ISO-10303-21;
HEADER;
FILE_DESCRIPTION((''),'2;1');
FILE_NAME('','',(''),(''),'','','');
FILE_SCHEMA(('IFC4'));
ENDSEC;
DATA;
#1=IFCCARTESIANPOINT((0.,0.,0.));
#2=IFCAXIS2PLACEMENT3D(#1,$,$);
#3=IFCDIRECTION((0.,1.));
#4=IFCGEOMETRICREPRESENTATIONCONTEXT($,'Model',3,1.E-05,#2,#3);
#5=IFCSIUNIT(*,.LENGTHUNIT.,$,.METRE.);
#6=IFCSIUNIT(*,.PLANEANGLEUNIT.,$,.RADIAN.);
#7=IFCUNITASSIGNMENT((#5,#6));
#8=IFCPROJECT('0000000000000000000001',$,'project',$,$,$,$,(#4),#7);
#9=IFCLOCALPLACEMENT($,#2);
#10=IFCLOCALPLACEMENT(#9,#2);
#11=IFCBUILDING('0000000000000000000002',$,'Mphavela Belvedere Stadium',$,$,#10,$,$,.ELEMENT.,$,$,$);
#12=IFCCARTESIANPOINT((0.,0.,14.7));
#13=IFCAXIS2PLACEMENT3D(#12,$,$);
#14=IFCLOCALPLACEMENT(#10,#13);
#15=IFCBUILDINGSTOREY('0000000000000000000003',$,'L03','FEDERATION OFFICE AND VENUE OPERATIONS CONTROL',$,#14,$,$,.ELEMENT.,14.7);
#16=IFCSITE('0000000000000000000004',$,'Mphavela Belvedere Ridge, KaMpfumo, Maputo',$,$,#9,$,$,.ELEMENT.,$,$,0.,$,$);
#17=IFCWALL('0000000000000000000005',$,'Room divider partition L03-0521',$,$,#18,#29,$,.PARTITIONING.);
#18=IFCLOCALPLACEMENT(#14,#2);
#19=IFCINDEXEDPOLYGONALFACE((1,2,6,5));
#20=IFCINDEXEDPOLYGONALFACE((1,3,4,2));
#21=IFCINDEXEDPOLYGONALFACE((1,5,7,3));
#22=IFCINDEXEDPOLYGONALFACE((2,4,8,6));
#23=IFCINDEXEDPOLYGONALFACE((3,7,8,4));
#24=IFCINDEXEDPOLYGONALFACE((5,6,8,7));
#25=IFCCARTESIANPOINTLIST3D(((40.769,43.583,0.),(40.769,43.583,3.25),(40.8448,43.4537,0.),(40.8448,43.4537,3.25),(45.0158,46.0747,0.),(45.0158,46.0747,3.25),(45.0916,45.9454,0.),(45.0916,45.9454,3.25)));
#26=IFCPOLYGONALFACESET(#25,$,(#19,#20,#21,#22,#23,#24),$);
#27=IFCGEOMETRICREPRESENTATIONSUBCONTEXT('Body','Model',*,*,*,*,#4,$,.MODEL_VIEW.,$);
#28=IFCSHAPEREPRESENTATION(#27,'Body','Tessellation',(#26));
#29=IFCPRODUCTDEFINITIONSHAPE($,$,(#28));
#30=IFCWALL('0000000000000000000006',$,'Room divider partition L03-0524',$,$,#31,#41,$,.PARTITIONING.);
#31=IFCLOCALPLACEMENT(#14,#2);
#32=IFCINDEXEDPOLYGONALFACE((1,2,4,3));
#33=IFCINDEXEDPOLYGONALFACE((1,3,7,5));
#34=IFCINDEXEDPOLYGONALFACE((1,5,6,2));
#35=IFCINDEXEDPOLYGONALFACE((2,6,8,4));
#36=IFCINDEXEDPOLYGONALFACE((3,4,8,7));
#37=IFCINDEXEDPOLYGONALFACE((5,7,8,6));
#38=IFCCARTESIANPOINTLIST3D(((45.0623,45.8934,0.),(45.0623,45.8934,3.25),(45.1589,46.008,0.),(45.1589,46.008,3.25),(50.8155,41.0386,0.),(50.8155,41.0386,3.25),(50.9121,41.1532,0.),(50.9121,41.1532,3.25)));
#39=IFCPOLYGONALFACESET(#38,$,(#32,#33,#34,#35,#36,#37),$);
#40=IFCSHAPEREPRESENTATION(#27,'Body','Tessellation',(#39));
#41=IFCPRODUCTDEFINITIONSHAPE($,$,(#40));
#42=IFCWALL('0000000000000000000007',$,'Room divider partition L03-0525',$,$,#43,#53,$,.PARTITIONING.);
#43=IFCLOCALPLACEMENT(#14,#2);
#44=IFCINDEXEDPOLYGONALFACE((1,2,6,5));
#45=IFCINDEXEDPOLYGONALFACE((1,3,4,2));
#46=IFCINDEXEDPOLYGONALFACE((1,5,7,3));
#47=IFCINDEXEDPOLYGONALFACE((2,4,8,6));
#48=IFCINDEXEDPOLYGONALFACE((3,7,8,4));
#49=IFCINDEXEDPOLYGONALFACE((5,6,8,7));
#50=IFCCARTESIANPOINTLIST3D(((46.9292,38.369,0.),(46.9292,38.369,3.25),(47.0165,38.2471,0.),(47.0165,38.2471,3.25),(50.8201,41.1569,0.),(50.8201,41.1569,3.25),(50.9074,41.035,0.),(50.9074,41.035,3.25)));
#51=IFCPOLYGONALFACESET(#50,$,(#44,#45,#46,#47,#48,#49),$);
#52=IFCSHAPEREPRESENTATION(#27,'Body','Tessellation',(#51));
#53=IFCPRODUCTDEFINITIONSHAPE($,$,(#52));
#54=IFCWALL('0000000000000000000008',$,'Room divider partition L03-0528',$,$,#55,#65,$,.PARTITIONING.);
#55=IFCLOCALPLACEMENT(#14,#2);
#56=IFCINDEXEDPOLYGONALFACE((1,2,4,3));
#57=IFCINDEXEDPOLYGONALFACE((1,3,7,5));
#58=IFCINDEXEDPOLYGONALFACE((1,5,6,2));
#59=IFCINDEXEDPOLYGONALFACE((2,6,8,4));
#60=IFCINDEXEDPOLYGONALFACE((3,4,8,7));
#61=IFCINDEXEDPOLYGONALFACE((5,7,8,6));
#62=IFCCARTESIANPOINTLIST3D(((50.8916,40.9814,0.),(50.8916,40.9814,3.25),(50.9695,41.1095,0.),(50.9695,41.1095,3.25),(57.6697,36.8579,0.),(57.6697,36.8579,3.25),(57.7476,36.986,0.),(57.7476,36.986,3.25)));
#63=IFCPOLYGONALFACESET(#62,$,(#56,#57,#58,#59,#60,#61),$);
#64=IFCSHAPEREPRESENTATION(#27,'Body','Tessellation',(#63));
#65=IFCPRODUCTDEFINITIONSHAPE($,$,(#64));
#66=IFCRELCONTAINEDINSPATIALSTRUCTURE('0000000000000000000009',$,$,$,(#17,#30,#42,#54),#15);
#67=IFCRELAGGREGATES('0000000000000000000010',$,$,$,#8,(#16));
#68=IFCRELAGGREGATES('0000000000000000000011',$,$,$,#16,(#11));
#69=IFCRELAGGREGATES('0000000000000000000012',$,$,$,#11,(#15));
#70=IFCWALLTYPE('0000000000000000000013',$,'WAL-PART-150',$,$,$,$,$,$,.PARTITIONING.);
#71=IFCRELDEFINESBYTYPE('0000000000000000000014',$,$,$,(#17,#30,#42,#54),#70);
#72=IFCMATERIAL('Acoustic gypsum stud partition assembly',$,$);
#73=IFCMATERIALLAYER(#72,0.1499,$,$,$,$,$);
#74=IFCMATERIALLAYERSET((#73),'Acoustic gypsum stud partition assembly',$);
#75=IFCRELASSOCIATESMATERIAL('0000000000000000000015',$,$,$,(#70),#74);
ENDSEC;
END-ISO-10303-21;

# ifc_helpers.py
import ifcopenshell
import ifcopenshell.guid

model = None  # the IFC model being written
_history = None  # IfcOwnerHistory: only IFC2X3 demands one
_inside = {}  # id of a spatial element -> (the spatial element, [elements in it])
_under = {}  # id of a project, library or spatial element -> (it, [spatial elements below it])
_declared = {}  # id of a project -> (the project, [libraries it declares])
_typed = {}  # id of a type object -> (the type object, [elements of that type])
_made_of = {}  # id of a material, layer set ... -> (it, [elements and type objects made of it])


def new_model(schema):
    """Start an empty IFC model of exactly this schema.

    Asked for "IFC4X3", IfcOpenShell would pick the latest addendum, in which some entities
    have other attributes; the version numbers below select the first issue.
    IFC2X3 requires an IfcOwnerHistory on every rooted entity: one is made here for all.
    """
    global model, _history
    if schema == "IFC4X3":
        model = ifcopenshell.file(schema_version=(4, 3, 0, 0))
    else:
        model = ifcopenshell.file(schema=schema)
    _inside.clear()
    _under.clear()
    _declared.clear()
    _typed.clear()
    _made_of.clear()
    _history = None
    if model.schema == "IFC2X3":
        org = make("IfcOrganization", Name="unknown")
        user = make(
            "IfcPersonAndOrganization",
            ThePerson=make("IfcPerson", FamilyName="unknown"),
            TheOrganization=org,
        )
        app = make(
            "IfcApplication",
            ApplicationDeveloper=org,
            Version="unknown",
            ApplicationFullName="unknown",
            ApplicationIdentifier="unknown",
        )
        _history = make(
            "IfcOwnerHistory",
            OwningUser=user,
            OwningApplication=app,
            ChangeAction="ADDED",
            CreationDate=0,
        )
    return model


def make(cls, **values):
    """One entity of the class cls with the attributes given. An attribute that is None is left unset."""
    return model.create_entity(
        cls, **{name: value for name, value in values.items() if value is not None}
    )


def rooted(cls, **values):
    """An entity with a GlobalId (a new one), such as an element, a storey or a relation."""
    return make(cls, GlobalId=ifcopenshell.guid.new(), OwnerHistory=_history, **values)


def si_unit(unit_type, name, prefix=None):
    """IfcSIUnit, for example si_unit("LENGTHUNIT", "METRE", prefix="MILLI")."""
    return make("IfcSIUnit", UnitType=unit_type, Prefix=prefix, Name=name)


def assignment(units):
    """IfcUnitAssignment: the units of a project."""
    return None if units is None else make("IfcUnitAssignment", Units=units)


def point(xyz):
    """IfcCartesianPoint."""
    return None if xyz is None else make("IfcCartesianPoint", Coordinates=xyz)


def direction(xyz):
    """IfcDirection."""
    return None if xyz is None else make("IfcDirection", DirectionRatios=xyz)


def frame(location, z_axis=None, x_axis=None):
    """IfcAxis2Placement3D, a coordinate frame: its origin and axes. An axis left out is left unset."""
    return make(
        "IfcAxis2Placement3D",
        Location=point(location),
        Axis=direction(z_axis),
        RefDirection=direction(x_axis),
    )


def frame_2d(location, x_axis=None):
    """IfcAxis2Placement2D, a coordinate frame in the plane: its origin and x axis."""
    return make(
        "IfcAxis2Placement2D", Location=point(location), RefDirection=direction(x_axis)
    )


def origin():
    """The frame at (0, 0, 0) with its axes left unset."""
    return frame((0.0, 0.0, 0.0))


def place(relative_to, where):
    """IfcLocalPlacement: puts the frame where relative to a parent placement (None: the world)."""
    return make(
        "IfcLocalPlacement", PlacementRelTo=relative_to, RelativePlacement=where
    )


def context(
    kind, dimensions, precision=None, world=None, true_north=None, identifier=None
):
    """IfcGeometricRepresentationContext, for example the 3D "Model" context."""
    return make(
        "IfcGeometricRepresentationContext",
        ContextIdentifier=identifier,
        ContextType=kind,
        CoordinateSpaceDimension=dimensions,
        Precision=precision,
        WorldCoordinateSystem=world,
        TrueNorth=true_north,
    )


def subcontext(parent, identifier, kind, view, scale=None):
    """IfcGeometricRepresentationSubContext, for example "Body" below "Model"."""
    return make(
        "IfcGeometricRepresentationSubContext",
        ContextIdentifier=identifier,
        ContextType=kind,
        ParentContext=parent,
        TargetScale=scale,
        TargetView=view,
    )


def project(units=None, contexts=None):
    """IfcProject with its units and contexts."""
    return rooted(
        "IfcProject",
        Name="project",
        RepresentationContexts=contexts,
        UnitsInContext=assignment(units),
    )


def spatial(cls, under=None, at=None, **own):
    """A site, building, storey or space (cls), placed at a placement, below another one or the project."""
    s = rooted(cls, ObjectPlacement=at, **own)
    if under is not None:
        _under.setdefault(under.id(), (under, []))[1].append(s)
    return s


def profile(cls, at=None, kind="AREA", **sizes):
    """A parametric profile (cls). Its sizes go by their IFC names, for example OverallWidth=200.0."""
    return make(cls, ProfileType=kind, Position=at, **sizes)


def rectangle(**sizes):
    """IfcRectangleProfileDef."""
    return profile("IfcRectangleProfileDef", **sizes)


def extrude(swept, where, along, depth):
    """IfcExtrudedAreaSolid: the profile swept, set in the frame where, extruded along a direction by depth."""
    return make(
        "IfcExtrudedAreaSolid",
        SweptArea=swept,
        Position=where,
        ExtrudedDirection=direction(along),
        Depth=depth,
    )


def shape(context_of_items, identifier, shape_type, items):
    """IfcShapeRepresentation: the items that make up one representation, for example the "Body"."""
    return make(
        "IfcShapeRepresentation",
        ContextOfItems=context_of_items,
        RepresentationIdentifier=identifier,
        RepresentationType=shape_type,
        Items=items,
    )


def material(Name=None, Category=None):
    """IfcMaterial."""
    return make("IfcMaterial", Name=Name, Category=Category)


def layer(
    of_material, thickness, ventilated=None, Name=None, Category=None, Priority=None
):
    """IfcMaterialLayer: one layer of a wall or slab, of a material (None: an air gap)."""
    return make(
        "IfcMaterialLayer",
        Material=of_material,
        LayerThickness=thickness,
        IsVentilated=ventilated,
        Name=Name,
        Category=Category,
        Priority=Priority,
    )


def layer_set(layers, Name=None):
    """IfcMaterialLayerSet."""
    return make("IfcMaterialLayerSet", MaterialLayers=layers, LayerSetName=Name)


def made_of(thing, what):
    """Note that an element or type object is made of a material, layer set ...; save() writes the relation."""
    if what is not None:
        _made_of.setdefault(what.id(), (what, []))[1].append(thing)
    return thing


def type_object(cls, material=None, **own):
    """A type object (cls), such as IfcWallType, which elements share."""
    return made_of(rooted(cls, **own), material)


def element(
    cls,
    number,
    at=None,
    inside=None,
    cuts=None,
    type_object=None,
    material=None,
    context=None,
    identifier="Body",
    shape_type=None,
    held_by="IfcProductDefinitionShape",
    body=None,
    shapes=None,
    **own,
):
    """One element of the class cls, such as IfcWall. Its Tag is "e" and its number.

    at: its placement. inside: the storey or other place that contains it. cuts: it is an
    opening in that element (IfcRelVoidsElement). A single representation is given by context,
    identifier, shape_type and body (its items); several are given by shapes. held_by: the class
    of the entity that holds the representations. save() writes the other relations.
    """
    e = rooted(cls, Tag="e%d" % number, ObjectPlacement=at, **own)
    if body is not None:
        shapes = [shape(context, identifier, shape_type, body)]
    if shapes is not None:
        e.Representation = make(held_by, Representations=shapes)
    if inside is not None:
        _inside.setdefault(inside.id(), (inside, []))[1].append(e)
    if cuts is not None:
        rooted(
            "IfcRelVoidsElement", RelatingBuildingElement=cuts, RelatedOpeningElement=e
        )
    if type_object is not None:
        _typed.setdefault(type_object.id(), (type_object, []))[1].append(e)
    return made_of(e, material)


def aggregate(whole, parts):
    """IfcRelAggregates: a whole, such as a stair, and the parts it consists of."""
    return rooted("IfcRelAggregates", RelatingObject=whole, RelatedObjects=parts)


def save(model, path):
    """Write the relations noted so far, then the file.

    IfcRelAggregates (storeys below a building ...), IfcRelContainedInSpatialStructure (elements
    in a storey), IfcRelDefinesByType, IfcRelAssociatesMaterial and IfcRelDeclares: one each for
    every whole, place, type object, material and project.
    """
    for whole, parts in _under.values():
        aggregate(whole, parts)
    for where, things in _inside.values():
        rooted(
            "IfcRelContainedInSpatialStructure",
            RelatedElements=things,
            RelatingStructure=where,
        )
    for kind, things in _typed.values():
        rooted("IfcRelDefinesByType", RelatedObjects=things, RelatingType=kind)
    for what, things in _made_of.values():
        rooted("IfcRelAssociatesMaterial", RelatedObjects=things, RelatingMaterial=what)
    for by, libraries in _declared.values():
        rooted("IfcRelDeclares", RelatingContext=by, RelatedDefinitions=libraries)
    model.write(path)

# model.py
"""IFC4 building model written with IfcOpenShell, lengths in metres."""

from ifc_helpers import new_model, si_unit, direction, frame, frame_2d, origin, place, context, subcontext, project, spatial, rectangle, extrude, material, layer, layer_set, type_object, element, save


model = new_model("IFC4")

# Units and contexts
model_context = context("Model", 3, precision=1e-05, world=origin(), true_north=direction((0.0, 1.0)))
body_context = subcontext(model_context, "Body", "Model", "MODEL_VIEW")
ifc_project = project(units=[si_unit("LENGTHUNIT", "METRE"), si_unit("PLANEANGLEUNIT", "RADIAN")], contexts=[model_context])

# Site, building, storey
site_placement = place(None, origin())
site = spatial("IfcSite", under=ifc_project, at=site_placement, Name="Mphavela Belvedere Ridge, KaMpfumo, Maputo", CompositionType="ELEMENT", RefElevation=0.0)
building_placement = place(site_placement, origin())
building = spatial("IfcBuilding", under=site, at=building_placement, Name="Mphavela Belvedere Stadium", CompositionType="ELEMENT")
storey_placement = place(building_placement, frame((0.0, 0.0, 14.7)))
storey = spatial("IfcBuildingStorey", under=building, at=storey_placement, Name="L03", Description="FEDERATION OFFICE AND VENUE OPERATIONS CONTROL", CompositionType="ELEMENT", Elevation=14.7)

# Shared definitions
ifc_material_1 = material(Name="Acoustic gypsum stud partition assembly")
ifc_layer = layer(ifc_material_1, 0.1499)
ifc_layer_set = layer_set([ifc_layer], Name="Acoustic gypsum stud partition assembly")
wall_type = type_object("IfcWallType", Name="WAL-PART-150", PredefinedType="PARTITIONING", material=ifc_layer_set)

# Walls
wall_1_placement = place(storey_placement, frame((45.0537, 46.01, 0.0), z_axis=(0.0, 0.0, 1.0), x_axis=(-0.862505, -0.506049, 0.0)))
element("IfcWall", 1, at=wall_1_placement, inside=storey, type_object=wall_type, Name="Room divider partition L03-0521", PredefinedType="PARTITIONING", context=body_context, shape_type="SweptSolid", body=[
    extrude(rectangle(XDim=4.9238, YDim=0.1499, at=frame_2d((2.4619, 0.0))), origin(), (0.0, 0.0, 1.0), 3.25),
])
wall_2_placement = place(storey_placement, frame((45.1106, 45.9507, 0.0), z_axis=(0.0, 0.0, 1.0), x_axis=(0.764259, -0.644909, 0.0)))
element("IfcWall", 2, at=wall_2_placement, inside=storey, type_object=wall_type, Name="Room divider partition L03-0524", PredefinedType="PARTITIONING", context=body_context, shape_type="SweptSolid", body=[
    extrude(rectangle(XDim=7.5278, YDim=0.1499, at=frame_2d((3.7639, 0.0))), origin(), (0.0, 0.0, 1.0), 3.25),
])
wall_3_placement = place(storey_placement, frame((50.8638, 41.0959, 0.0), z_axis=(0.0, 0.0, 1.0), x_axis=(-0.812878, -0.582434, 0.0)))
element("IfcWall", 3, at=wall_3_placement, inside=storey, type_object=wall_type, Name="Room divider partition L03-0525", PredefinedType="PARTITIONING", context=body_context, shape_type="SweptSolid", body=[
    extrude(rectangle(XDim=4.7866, YDim=0.1499, at=frame_2d((2.3933, 0.0))), origin(), (0.0, 0.0, 1.0), 3.25),
])
wall_4_placement = place(storey_placement, frame((50.9307, 41.0454, 0.0), z_axis=(0.0, 0.0, 1.0), x_axis=(0.854325, -0.51974, 0.0)))
element("IfcWall", 4, at=wall_4_placement, inside=storey, type_object=wall_type, Name="Room divider partition L03-0528", PredefinedType="PARTITIONING", context=body_context, shape_type="SweptSolid", body=[
    extrude(rectangle(XDim=7.9338, YDim=0.1499, at=frame_2d((3.9668, 0.0))), origin(), (0.0, 0.0, 1.0), 3.25),
])

save(model, "model.ifc")
